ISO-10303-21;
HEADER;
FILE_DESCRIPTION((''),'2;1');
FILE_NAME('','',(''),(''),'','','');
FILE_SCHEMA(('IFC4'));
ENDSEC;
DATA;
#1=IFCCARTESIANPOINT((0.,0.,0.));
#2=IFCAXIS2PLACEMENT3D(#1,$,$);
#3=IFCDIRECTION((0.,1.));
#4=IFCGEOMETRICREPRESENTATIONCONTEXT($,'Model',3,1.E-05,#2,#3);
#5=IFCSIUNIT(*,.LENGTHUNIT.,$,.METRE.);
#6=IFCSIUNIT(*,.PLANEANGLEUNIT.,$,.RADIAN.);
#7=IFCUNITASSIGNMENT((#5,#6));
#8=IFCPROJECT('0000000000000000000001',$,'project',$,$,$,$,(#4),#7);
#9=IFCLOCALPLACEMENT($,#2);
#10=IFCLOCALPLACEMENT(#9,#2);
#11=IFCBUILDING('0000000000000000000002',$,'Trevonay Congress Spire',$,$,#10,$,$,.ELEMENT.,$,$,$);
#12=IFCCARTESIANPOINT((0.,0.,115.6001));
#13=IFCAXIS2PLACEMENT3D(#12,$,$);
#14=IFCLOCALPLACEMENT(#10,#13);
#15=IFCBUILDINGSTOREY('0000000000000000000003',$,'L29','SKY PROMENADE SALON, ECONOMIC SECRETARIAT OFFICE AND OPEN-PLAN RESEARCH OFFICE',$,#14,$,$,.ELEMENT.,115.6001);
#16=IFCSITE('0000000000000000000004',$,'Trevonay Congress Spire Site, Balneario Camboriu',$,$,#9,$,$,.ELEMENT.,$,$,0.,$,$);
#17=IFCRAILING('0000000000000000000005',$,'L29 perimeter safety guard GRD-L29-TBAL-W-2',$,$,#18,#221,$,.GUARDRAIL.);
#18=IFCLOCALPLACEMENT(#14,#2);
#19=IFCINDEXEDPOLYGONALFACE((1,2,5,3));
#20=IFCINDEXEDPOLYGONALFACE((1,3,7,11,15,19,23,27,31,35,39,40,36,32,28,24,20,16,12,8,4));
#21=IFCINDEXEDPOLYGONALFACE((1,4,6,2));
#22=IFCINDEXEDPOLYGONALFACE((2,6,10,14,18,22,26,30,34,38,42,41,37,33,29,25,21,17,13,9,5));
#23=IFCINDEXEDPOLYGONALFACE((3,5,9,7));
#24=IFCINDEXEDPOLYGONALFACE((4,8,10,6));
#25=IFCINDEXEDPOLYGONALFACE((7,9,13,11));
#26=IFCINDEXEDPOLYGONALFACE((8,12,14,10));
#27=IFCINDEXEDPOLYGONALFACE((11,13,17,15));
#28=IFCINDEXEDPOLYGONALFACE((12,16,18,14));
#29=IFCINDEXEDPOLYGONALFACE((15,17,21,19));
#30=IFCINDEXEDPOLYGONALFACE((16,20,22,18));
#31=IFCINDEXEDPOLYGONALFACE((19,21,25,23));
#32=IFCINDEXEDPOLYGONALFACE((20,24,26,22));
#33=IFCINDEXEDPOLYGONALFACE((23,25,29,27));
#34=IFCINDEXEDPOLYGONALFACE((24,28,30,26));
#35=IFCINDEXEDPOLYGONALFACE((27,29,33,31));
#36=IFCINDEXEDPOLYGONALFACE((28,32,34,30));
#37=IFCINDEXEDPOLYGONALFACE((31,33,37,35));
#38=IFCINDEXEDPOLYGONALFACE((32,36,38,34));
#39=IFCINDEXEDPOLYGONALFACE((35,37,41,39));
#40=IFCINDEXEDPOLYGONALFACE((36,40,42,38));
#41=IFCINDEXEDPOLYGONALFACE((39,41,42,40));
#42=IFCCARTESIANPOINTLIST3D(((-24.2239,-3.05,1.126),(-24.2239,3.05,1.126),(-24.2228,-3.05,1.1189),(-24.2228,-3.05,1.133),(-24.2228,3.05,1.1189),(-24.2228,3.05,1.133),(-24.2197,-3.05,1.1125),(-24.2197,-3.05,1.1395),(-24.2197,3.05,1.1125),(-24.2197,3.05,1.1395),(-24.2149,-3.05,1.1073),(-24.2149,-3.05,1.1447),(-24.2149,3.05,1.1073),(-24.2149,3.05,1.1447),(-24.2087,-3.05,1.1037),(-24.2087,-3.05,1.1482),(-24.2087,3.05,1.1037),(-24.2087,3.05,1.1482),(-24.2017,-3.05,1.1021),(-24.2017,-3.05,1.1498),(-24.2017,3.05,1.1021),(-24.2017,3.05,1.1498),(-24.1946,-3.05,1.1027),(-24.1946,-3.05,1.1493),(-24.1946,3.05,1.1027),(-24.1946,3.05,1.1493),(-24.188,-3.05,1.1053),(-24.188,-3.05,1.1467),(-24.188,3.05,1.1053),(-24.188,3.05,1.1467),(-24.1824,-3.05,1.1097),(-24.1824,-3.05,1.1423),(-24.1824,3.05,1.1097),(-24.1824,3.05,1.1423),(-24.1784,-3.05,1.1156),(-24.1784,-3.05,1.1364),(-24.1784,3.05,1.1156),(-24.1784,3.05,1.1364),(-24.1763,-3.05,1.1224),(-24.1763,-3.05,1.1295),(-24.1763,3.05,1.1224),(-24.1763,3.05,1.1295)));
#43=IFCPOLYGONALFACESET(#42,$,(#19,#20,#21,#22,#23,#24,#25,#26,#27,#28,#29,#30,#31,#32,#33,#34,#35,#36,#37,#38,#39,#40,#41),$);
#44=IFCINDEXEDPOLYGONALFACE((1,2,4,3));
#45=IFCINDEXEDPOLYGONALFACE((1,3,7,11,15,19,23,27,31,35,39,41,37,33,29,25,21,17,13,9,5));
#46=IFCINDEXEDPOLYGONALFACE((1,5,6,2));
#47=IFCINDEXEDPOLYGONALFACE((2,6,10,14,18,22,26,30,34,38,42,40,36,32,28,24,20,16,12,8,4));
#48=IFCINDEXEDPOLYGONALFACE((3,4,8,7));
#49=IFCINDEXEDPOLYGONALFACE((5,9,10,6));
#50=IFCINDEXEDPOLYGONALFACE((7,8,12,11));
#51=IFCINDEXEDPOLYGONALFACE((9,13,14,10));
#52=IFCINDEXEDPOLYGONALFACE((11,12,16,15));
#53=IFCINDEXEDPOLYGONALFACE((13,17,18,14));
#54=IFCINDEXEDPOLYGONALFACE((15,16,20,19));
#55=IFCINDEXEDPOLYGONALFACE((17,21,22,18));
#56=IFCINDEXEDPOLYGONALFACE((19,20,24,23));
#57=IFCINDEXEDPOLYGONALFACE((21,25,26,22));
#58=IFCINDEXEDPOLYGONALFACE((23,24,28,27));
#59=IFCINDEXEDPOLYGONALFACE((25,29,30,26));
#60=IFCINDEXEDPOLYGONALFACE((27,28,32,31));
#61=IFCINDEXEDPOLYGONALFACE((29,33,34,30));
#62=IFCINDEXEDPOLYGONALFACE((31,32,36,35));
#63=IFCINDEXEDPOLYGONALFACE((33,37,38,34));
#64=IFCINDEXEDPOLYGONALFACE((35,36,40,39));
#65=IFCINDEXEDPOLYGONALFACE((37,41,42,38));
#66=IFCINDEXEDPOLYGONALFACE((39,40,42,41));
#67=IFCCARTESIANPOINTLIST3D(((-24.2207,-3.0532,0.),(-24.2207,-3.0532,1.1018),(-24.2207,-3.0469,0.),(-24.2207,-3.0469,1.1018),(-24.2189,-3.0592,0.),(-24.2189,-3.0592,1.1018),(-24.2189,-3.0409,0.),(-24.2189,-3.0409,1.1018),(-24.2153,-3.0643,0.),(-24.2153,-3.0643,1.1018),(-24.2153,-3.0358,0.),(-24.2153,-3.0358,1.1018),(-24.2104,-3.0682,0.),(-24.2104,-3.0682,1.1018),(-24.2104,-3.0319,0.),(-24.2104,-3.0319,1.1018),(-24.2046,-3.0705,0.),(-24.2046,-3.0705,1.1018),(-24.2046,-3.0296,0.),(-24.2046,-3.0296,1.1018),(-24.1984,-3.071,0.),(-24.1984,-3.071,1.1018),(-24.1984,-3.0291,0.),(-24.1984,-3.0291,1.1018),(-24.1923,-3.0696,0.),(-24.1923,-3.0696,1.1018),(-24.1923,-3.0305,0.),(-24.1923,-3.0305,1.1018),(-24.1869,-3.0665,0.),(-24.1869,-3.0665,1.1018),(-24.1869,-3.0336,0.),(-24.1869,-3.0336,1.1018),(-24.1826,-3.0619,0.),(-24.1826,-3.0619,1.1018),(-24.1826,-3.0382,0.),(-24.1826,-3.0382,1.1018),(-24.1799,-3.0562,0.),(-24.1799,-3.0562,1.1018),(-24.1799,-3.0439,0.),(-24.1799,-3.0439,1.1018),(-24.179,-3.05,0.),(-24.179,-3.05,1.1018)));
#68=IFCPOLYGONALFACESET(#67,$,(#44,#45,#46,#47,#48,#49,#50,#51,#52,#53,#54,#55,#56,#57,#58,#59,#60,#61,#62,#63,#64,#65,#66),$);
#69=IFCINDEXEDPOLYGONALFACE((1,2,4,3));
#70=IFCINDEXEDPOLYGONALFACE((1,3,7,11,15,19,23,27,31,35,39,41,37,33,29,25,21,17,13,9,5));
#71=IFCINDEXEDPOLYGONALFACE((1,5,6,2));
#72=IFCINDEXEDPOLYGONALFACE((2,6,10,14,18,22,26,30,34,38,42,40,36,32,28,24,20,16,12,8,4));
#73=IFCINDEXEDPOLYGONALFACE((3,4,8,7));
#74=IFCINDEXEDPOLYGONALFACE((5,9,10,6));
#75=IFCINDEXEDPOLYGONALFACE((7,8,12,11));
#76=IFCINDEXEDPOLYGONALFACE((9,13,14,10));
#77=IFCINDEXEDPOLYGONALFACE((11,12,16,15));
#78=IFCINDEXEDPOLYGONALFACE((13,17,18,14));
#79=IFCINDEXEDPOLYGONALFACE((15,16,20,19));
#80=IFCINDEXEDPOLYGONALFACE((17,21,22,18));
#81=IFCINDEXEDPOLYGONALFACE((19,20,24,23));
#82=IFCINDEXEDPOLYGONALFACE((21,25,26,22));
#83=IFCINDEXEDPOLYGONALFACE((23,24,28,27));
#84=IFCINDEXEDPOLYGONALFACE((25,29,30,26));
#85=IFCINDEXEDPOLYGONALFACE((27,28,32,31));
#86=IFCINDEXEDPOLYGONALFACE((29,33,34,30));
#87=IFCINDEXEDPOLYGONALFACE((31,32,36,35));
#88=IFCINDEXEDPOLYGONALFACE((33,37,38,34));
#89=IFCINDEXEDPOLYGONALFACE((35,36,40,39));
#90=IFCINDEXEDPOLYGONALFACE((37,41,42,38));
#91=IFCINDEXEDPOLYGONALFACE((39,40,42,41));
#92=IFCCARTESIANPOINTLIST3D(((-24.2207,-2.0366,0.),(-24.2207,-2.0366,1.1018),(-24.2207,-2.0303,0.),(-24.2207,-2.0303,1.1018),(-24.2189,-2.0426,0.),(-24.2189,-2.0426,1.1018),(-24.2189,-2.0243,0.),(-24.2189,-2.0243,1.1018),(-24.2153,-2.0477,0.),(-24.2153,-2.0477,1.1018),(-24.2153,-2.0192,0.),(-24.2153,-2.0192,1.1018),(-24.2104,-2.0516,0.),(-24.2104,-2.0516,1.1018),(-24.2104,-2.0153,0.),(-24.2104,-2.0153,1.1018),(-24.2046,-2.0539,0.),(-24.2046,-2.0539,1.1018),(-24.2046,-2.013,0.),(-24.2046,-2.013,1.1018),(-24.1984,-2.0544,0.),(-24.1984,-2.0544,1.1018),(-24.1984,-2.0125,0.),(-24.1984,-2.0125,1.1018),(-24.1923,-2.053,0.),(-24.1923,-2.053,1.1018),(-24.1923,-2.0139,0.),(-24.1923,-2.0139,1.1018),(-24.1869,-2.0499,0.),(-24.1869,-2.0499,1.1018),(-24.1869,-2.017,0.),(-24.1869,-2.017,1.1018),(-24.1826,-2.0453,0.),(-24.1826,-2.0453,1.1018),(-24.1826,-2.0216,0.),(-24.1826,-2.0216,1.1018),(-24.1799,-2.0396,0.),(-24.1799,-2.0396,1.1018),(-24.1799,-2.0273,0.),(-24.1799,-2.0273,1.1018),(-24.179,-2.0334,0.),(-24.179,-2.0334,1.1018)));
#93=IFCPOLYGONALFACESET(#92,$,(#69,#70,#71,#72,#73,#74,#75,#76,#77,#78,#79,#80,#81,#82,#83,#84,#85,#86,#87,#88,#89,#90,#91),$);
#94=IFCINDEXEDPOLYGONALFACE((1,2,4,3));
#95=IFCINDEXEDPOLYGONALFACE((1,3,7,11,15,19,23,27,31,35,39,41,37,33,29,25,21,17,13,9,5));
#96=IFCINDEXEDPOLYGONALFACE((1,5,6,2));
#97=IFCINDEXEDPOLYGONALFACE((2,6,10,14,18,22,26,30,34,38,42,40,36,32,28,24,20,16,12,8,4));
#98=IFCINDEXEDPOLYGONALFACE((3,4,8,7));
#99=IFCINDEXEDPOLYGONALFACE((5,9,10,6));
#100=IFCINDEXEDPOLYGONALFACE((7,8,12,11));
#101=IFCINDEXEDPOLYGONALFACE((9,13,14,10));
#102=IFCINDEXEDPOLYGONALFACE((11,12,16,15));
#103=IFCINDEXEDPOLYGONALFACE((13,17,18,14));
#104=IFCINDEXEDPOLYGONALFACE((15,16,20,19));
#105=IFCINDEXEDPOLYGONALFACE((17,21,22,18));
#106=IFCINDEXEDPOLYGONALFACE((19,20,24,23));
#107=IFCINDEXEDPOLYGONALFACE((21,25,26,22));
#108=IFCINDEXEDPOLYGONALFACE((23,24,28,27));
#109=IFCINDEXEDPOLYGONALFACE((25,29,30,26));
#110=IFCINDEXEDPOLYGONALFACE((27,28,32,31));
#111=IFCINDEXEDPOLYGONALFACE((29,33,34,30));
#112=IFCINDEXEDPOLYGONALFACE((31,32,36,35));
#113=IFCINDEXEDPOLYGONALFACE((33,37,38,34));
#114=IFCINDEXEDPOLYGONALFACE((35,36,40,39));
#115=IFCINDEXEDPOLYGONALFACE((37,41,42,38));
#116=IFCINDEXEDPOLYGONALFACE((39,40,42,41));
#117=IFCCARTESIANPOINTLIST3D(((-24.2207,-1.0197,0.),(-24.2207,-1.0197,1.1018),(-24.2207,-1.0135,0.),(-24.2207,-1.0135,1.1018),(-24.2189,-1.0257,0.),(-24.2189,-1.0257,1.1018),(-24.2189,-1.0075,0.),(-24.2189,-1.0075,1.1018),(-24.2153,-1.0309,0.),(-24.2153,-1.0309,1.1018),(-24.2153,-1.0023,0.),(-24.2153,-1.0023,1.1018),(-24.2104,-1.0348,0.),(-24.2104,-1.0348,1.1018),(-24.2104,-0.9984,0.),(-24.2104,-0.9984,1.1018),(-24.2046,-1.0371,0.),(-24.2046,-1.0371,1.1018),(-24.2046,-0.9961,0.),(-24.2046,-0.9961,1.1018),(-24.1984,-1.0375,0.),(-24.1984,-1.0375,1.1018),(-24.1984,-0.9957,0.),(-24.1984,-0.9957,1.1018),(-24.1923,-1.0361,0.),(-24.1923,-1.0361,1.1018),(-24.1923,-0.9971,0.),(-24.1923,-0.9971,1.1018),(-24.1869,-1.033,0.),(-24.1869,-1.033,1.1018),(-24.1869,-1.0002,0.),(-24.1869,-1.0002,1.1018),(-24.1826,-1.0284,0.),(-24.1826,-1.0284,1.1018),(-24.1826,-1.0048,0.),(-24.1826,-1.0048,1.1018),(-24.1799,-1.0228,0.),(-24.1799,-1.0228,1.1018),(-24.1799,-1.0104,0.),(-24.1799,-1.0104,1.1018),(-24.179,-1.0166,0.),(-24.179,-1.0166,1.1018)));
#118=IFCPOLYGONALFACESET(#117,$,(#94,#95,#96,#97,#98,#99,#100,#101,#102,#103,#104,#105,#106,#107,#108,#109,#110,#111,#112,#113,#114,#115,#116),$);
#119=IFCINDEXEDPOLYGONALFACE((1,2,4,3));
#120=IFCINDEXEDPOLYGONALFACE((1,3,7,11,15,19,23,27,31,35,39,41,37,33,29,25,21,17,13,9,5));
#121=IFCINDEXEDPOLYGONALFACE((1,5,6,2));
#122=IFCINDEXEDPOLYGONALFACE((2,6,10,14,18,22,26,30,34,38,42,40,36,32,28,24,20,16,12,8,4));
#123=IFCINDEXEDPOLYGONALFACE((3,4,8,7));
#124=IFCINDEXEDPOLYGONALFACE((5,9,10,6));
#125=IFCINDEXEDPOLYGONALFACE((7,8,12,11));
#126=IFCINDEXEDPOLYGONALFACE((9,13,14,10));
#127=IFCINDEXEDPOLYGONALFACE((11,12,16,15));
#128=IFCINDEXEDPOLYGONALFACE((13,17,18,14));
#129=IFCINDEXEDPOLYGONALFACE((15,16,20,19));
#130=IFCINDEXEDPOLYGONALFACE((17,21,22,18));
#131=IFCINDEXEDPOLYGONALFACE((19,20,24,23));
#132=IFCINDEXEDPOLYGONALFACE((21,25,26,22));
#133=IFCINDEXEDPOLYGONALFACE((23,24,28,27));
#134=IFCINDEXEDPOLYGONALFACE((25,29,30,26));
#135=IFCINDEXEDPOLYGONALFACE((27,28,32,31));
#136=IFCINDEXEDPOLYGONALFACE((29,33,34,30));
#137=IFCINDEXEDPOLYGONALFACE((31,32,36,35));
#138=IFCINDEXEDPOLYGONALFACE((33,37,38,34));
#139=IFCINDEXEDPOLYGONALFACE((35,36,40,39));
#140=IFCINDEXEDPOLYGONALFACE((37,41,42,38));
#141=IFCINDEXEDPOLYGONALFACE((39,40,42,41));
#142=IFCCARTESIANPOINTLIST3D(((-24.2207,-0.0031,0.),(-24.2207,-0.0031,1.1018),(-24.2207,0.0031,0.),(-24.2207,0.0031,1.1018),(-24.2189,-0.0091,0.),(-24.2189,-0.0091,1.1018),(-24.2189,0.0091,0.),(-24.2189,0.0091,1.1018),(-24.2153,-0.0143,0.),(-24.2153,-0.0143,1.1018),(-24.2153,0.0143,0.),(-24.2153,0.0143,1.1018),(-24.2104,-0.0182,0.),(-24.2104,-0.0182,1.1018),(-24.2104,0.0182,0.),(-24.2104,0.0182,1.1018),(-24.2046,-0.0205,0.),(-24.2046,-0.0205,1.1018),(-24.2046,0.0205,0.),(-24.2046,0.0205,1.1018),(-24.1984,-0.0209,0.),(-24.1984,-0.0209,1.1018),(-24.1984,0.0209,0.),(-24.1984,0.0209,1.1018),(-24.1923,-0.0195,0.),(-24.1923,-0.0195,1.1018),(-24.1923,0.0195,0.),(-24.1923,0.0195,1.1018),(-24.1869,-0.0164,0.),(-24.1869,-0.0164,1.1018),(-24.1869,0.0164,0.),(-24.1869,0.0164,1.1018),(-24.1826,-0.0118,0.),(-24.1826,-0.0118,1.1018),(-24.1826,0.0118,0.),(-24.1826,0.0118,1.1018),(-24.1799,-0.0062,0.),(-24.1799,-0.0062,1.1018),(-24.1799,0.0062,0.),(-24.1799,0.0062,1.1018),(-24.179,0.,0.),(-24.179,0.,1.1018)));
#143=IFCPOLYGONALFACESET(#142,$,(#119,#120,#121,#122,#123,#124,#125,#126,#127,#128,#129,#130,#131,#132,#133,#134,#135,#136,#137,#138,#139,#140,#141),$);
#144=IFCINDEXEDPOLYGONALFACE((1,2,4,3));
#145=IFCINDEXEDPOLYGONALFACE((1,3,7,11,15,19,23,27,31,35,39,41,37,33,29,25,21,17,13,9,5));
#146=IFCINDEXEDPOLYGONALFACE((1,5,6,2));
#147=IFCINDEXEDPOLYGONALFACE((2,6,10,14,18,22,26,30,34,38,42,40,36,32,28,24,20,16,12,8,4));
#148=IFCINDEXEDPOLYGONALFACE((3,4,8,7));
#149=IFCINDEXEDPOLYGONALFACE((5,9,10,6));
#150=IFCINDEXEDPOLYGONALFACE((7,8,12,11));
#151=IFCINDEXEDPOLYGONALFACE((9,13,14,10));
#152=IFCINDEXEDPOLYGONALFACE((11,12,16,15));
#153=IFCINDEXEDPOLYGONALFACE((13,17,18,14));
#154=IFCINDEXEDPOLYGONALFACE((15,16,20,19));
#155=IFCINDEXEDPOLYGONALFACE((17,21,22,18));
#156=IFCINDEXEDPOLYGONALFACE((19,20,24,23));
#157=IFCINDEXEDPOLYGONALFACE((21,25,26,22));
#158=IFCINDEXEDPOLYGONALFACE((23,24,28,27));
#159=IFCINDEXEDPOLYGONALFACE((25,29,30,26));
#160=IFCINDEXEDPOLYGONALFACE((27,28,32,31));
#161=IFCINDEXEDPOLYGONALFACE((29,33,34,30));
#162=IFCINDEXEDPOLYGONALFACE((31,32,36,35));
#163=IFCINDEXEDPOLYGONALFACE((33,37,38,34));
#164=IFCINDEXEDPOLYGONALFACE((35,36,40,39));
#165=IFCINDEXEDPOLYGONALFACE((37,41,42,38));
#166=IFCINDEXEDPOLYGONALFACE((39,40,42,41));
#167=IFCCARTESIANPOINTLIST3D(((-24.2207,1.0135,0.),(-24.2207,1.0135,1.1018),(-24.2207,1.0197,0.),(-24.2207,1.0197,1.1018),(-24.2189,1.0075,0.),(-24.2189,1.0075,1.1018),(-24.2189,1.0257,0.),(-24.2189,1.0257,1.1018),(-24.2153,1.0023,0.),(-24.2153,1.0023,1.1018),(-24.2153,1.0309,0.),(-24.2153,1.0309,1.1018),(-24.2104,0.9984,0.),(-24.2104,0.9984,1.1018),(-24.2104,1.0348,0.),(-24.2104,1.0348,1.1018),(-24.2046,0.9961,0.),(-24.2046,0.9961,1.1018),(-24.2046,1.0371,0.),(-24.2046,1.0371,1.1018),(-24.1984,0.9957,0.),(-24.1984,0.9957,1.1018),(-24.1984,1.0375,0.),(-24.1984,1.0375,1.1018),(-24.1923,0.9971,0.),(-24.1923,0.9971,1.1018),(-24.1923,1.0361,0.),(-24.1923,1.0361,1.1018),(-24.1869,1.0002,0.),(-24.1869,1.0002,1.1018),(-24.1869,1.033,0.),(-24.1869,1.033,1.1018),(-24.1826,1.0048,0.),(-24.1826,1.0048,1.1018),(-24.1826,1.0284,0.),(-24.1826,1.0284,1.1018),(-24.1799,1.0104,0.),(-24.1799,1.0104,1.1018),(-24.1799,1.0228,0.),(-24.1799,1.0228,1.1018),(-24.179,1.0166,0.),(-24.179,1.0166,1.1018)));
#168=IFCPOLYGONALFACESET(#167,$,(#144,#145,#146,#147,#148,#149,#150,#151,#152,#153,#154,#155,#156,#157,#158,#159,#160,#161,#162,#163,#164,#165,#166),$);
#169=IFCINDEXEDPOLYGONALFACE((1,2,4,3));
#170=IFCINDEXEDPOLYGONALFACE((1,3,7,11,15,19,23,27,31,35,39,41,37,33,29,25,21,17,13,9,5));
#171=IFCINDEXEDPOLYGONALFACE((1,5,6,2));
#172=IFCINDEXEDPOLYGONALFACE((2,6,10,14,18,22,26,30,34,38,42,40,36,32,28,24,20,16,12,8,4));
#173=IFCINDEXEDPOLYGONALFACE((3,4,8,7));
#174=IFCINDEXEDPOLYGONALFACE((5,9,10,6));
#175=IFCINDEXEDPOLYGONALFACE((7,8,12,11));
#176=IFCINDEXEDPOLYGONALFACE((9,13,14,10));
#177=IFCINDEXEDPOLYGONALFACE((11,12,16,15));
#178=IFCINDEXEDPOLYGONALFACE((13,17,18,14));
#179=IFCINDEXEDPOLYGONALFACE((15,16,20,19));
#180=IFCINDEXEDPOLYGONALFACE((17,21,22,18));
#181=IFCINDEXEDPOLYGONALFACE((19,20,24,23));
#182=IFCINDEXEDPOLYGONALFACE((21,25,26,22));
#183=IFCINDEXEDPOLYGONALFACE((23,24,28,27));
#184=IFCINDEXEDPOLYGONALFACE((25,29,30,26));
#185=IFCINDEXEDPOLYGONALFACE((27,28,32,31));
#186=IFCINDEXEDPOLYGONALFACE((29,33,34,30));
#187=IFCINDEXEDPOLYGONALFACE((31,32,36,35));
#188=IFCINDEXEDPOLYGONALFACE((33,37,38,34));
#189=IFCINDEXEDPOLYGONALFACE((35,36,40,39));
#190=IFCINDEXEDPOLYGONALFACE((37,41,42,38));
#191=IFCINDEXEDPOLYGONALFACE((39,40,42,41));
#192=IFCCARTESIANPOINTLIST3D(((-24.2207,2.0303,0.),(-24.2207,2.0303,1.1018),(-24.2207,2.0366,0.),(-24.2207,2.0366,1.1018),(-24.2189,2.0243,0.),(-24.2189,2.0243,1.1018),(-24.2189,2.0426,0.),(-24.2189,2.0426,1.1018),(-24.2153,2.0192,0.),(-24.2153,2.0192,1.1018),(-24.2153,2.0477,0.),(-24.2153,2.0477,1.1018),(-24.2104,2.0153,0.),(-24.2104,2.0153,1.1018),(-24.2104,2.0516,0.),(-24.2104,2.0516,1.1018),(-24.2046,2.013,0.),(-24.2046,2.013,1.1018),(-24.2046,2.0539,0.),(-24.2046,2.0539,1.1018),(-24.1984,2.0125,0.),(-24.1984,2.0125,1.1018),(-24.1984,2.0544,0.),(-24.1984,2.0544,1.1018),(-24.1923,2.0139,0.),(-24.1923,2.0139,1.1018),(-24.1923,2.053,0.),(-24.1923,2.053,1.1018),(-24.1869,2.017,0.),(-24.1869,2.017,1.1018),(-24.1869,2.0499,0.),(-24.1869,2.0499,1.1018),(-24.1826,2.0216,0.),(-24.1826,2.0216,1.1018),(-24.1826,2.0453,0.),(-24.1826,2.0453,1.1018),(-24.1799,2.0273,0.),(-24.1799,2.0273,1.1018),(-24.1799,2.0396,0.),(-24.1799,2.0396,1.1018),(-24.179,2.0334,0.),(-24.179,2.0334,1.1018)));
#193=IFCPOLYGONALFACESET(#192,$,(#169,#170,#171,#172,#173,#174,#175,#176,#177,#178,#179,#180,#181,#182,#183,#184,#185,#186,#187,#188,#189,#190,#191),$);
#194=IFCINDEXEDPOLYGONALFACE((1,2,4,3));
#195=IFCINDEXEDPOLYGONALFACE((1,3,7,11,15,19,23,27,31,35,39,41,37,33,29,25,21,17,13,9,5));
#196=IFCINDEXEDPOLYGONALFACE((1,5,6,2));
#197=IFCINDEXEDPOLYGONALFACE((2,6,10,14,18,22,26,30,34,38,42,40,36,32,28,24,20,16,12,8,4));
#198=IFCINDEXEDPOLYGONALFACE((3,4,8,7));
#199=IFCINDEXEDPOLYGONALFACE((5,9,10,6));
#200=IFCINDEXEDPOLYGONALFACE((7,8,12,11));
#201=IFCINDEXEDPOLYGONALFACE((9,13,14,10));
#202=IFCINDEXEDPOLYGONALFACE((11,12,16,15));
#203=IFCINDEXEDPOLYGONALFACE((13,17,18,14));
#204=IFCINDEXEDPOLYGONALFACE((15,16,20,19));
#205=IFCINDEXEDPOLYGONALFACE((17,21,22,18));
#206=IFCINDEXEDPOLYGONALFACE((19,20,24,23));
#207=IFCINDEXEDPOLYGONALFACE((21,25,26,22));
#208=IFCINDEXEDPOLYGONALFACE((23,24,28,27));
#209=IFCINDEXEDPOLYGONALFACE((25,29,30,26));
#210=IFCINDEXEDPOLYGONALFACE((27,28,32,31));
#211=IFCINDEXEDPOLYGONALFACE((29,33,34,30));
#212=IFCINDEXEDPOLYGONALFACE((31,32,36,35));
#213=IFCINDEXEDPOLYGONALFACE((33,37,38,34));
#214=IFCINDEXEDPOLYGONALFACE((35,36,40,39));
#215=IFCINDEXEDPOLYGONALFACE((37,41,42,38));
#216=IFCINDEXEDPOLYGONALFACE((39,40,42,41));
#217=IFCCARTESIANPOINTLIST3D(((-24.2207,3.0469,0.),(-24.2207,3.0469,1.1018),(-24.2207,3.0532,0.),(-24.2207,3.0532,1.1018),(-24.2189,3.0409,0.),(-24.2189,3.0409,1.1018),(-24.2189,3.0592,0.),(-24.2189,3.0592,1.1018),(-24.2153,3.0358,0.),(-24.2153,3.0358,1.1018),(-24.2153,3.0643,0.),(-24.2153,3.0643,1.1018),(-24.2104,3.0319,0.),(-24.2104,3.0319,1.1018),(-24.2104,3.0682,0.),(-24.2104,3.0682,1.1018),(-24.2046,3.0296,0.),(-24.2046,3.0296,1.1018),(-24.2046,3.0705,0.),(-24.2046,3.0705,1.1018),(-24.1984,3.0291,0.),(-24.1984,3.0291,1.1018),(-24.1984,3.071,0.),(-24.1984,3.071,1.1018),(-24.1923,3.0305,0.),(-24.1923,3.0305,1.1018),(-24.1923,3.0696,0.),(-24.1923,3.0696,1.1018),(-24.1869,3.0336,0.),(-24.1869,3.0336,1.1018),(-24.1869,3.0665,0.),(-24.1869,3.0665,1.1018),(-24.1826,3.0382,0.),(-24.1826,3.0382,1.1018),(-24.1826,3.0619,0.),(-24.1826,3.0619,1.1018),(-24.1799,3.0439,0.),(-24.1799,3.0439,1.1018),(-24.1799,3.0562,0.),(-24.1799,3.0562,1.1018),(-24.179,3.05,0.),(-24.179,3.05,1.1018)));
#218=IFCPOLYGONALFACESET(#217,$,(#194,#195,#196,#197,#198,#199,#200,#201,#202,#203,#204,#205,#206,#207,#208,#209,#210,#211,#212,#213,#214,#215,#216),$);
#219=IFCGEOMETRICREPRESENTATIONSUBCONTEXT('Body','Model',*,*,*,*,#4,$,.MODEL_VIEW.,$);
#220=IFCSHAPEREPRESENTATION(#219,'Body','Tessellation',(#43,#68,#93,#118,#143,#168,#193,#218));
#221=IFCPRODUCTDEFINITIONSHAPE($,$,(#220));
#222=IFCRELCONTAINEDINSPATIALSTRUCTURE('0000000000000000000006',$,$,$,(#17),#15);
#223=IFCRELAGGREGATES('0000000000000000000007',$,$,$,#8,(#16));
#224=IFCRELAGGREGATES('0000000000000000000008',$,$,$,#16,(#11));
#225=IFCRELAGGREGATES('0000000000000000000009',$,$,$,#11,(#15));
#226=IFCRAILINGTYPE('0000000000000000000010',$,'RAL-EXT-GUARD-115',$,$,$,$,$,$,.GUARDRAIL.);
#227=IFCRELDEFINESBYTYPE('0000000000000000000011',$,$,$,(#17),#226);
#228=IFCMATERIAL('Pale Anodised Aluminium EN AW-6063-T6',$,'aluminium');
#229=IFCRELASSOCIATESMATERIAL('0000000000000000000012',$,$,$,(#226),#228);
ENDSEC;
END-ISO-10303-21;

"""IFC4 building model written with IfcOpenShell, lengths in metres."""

from ifc_helpers import new_model, si_unit, direction, frame, origin, origin_2d, place, context, subcontext, project, spatial, circle, extrude, material, type_object, element, save


model = new_model("IFC4")

# Units and contexts
model_context = context("Model", 3, precision=1e-05, world=origin(), true_north=direction((0.0, 1.0)))
body_context = subcontext(model_context, "Body", "Model", "MODEL_VIEW")
ifc_project = project(units=[si_unit("LENGTHUNIT", "METRE"), si_unit("PLANEANGLEUNIT", "RADIAN")], contexts=[model_context])

# Site, building, storey
site_placement = place(None, origin())
site = spatial("IfcSite", under=ifc_project, at=site_placement, Name="Trevonay Congress Spire Site, Balneario Camboriu", CompositionType="ELEMENT", RefElevation=0.0)
building_placement = place(site_placement, origin())
building = spatial("IfcBuilding", under=site, at=building_placement, Name="Trevonay Congress Spire", CompositionType="ELEMENT")
storey_placement = place(building_placement, frame((0.0, 0.0, 115.6001)))
storey = spatial("IfcBuildingStorey", under=building, at=storey_placement, Name="L29", Description="SKY PROMENADE SALON, ECONOMIC SECRETARIAT OFFICE AND OPEN-PLAN RESEARCH OFFICE", CompositionType="ELEMENT", Elevation=115.6001)

# Shared definitions
ifc_material_1 = material(Name="Pale Anodised Aluminium EN AW-6063-T6", Category="aluminium")

# Railing
railing_type = type_object("IfcRailingType", Name="RAL-EXT-GUARD-115", PredefinedType="GUARDRAIL", material=ifc_material_1)
railing_1_placement = place(storey_placement, frame((-24.2, -3.05, 0.0)))
element("IfcRailing", 1, at=railing_1_placement, inside=storey, type_object=railing_type, Name="L29 perimeter safety guard GRD-L29-TBAL-W-2", PredefinedType="GUARDRAIL", context=body_context, shape_type="SweptSolid", body=[
    extrude(circle(Radius=0.0239, at=origin_2d()), frame((0.0, 0.0, 1.126), z_axis=(0.0, 1.0, 0.0), x_axis=(-1.0, 0.0, 0.0)), (0.0, 0.0, 1.0), 6.1001),
    extrude(circle(Radius=0.021, at=origin_2d()), origin(), (0.0, 0.0, 1.0), 1.1018),
    extrude(circle(Radius=0.021, at=origin_2d()), frame((0.0, 1.0166, 0.0)), (0.0, 0.0, 1.0), 1.1018),
    extrude(circle(Radius=0.021, at=origin_2d()), frame((0.0, 2.0334, 0.0)), (0.0, 0.0, 1.0), 1.1018),
    extrude(circle(Radius=0.021, at=origin_2d()), frame((0.0, 3.05, 0.0)), (0.0, 0.0, 1.0), 1.1018),
    extrude(circle(Radius=0.021, at=origin_2d()), frame((0.0, 4.0667, 0.0)), (0.0, 0.0, 1.0), 1.1018),
    extrude(circle(Radius=0.021, at=origin_2d()), frame((0.0, 5.0835, 0.0)), (0.0, 0.0, 1.0), 1.1018),
    extrude(circle(Radius=0.021, at=origin_2d()), frame((0.0, 6.1001, 0.0)), (0.0, 0.0, 1.0), 1.1018),
])

save(model, "model.ifc")
